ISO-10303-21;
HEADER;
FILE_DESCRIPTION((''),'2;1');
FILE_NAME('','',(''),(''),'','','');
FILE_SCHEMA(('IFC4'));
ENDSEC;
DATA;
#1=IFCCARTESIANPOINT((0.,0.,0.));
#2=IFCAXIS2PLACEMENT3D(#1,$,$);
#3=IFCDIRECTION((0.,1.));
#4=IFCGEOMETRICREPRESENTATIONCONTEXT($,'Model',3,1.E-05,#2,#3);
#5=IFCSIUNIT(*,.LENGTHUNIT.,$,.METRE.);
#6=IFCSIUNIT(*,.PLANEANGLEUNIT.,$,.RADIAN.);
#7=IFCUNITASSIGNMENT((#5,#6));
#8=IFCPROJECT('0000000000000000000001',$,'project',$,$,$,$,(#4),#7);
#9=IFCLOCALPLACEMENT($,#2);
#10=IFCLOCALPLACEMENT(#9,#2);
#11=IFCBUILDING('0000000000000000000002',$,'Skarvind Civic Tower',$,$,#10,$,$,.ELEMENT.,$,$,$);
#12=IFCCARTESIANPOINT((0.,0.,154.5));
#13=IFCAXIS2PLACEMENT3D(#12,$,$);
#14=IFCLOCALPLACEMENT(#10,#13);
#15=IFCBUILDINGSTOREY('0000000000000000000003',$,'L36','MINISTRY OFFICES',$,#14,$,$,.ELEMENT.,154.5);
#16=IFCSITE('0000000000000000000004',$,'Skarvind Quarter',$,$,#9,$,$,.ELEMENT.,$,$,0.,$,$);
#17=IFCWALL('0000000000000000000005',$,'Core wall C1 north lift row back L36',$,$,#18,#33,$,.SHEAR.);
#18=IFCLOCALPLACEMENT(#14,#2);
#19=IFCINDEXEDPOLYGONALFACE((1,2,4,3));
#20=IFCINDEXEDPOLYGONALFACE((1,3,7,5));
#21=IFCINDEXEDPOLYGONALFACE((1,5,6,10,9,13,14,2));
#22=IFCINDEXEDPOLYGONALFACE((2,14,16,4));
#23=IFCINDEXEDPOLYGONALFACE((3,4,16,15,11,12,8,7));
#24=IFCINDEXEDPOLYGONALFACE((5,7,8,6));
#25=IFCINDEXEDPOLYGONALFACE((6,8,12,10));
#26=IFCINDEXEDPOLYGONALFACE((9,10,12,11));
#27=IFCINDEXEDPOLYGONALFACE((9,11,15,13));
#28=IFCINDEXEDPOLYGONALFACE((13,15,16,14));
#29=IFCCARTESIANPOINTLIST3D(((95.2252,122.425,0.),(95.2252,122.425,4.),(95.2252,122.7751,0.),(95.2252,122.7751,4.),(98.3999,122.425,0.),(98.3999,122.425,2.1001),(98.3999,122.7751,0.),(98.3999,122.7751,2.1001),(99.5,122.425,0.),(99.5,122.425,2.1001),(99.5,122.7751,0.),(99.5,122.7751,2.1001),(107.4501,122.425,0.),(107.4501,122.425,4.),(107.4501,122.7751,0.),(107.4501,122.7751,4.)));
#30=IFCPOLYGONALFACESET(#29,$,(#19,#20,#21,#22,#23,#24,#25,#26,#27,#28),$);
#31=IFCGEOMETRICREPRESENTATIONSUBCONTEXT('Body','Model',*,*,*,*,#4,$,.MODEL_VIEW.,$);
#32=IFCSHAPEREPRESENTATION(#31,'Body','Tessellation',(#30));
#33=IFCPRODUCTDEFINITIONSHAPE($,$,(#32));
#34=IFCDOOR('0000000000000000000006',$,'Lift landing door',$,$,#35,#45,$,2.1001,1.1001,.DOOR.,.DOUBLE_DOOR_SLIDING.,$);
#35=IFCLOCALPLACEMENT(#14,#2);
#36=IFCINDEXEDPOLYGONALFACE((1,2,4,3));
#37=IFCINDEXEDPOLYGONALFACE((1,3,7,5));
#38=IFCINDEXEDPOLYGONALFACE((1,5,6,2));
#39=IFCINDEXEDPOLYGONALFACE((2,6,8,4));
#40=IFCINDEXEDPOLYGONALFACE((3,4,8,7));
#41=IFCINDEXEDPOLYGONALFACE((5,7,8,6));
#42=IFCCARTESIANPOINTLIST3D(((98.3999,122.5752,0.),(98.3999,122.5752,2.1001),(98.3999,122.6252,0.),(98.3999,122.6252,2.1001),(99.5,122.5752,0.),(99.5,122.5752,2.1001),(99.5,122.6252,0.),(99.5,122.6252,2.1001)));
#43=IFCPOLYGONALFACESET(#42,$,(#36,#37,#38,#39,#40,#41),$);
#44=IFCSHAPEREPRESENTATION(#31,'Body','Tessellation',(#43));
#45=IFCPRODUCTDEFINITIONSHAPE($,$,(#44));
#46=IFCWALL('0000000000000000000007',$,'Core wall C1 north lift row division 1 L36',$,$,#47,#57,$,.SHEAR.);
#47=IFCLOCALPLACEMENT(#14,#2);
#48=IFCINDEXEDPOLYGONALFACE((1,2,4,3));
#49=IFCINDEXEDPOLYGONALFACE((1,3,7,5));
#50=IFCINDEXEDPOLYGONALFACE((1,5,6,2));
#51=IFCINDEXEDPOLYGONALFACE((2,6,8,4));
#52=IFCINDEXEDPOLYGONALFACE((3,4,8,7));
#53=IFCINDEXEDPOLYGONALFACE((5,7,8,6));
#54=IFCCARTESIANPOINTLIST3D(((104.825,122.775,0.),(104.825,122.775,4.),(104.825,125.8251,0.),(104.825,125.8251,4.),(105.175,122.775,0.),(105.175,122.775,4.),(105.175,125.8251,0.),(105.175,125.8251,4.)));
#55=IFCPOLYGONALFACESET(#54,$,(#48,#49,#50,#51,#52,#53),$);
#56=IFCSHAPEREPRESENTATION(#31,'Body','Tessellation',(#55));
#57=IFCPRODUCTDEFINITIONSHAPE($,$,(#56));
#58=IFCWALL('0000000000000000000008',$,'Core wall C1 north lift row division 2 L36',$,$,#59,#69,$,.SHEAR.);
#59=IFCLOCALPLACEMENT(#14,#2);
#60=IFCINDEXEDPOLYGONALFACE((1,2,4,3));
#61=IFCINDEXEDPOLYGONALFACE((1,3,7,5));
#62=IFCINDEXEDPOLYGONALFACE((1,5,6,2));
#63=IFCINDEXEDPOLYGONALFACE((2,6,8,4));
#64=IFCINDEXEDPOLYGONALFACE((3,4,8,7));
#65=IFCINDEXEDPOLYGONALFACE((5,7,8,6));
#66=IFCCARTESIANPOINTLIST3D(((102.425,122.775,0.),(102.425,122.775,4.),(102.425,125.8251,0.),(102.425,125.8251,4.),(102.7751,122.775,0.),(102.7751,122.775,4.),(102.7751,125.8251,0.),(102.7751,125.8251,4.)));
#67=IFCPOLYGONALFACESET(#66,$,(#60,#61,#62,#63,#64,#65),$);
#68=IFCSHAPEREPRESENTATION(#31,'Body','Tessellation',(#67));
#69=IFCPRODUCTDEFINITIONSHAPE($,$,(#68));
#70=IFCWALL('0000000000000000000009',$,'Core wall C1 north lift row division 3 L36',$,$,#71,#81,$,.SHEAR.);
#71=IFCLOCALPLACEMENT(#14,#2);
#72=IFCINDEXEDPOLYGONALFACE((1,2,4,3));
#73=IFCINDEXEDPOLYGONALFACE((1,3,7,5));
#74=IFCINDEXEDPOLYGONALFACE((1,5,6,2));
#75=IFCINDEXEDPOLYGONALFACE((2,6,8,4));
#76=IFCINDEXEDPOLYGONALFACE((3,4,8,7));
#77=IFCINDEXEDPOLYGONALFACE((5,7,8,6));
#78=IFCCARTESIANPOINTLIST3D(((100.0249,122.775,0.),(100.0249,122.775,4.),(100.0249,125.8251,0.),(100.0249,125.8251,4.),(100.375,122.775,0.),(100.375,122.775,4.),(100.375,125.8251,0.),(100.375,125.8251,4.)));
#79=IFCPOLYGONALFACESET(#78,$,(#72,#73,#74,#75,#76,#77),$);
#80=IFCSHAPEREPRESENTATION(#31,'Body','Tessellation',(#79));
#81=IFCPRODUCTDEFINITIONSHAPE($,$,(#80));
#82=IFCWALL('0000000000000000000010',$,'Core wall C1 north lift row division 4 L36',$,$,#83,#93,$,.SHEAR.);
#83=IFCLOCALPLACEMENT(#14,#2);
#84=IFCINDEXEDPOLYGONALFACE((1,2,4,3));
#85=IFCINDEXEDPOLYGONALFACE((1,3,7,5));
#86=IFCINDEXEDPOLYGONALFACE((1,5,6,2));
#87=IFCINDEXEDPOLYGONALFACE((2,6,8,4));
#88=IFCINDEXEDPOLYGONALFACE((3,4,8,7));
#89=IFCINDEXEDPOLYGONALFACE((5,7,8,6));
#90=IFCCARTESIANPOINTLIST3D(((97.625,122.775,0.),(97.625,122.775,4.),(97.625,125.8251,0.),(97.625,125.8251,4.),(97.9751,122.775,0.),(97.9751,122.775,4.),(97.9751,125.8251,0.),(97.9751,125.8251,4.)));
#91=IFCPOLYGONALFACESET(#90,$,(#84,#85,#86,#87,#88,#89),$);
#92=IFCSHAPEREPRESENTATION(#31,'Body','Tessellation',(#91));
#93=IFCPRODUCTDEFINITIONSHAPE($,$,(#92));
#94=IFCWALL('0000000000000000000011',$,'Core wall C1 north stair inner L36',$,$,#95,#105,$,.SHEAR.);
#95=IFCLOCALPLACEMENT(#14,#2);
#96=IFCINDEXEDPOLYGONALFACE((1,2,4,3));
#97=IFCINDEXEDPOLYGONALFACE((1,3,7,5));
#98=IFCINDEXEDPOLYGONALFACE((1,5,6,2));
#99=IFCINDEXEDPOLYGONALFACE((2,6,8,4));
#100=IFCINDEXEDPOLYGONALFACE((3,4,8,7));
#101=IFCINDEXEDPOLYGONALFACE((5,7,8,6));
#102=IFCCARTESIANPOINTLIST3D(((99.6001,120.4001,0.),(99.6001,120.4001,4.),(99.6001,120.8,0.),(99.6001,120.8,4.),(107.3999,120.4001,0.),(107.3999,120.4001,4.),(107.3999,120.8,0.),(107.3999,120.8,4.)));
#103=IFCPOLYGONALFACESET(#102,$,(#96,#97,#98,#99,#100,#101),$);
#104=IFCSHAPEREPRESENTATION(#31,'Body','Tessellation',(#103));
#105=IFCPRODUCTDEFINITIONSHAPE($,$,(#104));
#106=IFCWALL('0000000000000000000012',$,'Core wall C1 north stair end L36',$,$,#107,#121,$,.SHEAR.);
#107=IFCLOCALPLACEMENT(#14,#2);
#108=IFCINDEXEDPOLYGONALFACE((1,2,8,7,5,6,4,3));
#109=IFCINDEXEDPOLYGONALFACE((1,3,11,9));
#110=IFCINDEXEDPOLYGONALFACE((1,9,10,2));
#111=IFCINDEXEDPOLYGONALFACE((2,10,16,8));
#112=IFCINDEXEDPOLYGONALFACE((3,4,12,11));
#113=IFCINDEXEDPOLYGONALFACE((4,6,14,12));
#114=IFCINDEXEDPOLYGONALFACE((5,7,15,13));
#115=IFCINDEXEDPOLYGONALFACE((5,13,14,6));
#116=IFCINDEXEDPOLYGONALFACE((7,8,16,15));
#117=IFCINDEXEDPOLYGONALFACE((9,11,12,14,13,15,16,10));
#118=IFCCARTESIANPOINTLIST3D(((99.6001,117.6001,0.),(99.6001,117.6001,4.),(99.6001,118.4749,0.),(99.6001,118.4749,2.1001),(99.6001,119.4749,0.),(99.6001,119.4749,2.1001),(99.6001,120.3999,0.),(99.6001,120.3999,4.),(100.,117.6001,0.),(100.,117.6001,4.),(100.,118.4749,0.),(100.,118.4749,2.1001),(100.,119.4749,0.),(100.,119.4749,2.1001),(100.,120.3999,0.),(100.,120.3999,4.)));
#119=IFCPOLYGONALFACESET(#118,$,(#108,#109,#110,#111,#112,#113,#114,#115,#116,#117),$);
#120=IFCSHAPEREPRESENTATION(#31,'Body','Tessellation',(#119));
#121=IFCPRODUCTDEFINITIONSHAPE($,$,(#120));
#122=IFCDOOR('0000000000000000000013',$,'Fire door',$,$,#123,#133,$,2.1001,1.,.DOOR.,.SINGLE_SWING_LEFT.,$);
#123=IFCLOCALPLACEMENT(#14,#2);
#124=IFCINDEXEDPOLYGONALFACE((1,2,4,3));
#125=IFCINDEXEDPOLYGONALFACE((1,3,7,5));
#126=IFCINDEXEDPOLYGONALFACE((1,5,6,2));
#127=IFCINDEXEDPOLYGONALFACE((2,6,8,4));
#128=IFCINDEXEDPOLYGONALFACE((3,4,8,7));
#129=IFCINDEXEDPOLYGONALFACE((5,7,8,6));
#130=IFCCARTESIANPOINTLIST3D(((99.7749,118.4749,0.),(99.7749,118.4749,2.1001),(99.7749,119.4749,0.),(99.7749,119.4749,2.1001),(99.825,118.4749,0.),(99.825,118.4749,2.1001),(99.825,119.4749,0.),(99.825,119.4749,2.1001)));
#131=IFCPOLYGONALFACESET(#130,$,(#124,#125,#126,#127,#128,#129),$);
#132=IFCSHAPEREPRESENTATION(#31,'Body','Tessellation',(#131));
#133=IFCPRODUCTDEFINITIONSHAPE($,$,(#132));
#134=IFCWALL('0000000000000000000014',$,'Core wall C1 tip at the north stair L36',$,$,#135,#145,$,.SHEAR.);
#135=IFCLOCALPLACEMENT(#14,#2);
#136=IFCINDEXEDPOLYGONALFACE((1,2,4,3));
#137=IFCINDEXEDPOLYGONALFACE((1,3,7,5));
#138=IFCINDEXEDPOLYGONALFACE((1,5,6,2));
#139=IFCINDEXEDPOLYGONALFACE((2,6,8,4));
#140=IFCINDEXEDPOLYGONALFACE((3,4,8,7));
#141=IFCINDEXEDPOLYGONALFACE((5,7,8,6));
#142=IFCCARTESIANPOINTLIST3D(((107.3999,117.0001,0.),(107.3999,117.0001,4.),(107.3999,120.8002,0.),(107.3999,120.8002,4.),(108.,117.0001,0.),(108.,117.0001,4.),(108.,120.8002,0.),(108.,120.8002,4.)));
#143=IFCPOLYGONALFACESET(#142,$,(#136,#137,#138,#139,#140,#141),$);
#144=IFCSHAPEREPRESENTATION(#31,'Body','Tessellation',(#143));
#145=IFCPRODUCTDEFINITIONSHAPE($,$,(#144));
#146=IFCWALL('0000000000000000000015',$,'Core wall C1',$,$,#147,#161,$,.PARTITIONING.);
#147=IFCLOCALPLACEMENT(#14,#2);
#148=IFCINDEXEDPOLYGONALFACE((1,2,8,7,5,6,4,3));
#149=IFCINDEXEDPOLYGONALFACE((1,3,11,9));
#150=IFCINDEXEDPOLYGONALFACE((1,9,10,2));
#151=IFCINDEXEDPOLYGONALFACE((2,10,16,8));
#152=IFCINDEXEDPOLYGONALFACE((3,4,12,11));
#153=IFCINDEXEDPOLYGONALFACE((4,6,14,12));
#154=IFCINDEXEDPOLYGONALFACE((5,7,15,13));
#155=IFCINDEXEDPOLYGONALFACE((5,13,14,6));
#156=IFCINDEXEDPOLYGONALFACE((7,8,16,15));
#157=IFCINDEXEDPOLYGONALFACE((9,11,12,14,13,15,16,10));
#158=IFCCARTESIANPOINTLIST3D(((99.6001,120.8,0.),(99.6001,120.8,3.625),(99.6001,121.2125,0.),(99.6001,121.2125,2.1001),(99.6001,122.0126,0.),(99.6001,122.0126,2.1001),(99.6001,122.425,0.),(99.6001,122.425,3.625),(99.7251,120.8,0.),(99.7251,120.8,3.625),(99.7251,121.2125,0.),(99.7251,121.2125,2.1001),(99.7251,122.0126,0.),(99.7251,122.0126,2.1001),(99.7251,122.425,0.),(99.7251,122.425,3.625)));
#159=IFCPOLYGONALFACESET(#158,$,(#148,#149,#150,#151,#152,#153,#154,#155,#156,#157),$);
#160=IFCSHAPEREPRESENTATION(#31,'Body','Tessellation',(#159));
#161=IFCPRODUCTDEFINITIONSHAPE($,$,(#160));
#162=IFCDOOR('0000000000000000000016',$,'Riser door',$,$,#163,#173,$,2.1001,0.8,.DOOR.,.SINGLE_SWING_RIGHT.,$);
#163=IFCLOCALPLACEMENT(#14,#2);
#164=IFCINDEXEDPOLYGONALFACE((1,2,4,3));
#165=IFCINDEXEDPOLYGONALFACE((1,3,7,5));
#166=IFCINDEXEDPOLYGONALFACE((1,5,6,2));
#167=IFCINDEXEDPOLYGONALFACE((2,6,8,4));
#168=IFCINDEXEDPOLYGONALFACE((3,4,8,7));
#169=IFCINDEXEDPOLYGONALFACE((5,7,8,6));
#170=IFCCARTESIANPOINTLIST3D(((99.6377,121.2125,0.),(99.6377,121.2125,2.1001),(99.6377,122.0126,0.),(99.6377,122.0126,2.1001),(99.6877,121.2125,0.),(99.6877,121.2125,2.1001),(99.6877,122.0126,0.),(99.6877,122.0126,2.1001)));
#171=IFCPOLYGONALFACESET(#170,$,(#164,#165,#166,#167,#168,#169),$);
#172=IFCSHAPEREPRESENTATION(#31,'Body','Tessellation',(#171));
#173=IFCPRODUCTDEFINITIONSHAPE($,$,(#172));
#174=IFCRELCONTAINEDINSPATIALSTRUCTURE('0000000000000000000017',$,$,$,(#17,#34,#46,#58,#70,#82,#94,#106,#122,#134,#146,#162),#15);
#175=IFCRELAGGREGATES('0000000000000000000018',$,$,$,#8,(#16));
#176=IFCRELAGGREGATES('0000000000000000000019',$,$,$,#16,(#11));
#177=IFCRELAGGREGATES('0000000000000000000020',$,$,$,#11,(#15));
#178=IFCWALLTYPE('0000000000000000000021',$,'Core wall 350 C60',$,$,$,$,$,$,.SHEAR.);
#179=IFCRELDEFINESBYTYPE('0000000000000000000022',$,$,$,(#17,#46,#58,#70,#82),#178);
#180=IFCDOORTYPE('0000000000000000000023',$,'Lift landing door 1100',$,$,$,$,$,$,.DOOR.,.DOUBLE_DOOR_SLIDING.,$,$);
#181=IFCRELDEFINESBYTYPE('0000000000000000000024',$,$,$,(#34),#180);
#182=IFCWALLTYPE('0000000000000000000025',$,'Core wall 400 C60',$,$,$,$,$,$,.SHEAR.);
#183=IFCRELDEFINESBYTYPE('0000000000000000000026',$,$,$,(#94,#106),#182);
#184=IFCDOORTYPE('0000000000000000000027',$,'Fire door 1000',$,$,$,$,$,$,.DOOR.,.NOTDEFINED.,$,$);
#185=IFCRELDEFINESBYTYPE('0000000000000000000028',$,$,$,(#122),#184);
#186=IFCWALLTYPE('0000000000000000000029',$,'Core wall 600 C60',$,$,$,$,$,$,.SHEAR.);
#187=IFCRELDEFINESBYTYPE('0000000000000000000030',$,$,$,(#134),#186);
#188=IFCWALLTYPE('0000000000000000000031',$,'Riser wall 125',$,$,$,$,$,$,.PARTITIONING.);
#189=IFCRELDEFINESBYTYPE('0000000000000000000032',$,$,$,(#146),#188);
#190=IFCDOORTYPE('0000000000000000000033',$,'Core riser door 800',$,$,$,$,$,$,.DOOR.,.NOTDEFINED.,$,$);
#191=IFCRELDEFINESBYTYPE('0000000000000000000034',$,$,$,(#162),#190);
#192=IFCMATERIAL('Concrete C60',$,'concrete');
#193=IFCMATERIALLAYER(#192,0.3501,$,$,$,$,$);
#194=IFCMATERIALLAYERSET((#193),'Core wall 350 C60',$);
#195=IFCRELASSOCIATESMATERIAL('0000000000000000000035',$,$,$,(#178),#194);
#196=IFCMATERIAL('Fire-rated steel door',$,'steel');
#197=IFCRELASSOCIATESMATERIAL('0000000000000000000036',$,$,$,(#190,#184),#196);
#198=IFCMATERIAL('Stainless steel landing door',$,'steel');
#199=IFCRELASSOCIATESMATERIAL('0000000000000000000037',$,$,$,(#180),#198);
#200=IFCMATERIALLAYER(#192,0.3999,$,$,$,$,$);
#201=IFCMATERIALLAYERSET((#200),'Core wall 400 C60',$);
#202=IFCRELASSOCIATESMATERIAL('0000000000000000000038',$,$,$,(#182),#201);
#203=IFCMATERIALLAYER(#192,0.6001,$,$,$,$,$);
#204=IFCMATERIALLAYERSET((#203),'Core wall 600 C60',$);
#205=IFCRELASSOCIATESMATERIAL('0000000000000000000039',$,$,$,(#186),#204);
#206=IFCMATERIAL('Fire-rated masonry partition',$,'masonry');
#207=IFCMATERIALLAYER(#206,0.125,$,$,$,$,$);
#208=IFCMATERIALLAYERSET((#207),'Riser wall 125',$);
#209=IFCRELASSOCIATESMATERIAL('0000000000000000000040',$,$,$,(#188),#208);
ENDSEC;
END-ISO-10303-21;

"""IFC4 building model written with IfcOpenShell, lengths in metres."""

from ifc_helpers import new_model, si_unit, direction, frame, frame_2d, origin, place, context, subcontext, project, spatial, rectangle, extrude, material, layer, layer_set, type_object, element, fill, save


model = new_model("IFC4")

# Units and contexts
model_context = context("Model", 3, precision=1e-05, world=origin(), true_north=direction((0.0, 1.0)))
body_context = subcontext(model_context, "Body", "Model", "MODEL_VIEW")
ifc_project = project(units=[si_unit("LENGTHUNIT", "METRE"), si_unit("PLANEANGLEUNIT", "RADIAN")], contexts=[model_context])

# Site, building, storey
site_placement = place(None, origin())
site = spatial("IfcSite", under=ifc_project, at=site_placement, Name="Skarvind Quarter", CompositionType="ELEMENT", RefElevation=0.0)
building_placement = place(site_placement, origin())
building = spatial("IfcBuilding", under=site, at=building_placement, Name="Skarvind Civic Tower", CompositionType="ELEMENT")
storey_placement = place(building_placement, frame((0.0, 0.0, 154.5)))
storey = spatial("IfcBuildingStorey", under=building, at=storey_placement, Name="L36", Description="MINISTRY OFFICES", CompositionType="ELEMENT", Elevation=154.5)

# Shared definitions
ifc_material_1 = material(Name="Concrete C60", Category="concrete")
ifc_layer_1 = layer(ifc_material_1, 0.3501)
ifc_layer_set_1 = layer_set([ifc_layer_1], Name="Core wall 350 C60")
wall_type_1 = type_object("IfcWallType", Name="Core wall 350 C60", PredefinedType="SHEAR", material=ifc_layer_set_1)
ifc_material_2 = material(Name="Fire-rated steel door", Category="steel")
door_type_1 = type_object("IfcDoorType", Name="Core riser door 800", OperationType="NOTDEFINED", PredefinedType="DOOR", material=ifc_material_2)

# Shared definitions
ifc_material_3 = material(Name="Stainless steel landing door", Category="steel")
door_type_2 = type_object("IfcDoorType", Name="Lift landing door 1100", OperationType="DOUBLE_DOOR_SLIDING", PredefinedType="DOOR", material=ifc_material_3)

# Wall, opening, door
wall_1_placement = place(storey_placement, frame((107.45, 122.6001, 0.0), z_axis=(0.0, 0.0, 1.0), x_axis=(-1.0, 0.0, 0.0)))
wall_1 = element("IfcWall", 1, at=wall_1_placement, inside=storey, type_object=wall_type_1, Name="Core wall C1 north lift row back L36", PredefinedType="SHEAR", context=body_context, shape_type="SweptSolid", body=[
    extrude(rectangle(XDim=12.2249, YDim=0.3501, at=frame_2d((6.1123, 0.0))), origin(), (0.0, 0.0, 1.0), 4.0),
])
opening_1_placement = place(wall_1_placement, frame((7.95, 0.0, 0.0)))
opening_1 = element("IfcOpeningElement", 2, at=opening_1_placement, cuts=wall_1, PredefinedType="OPENING", context=body_context, shape_type="SweptSolid", body=[
    extrude(rectangle(XDim=1.1001, YDim=2.1001, at=frame_2d((0.55, 1.05))), frame((0.0, 0.1851, 0.0), z_axis=(0.0, -1.0, 0.0), x_axis=(1.0, 0.0, 0.0)), (0.0, 0.0, 1.0), 0.3701),
])
door_1_placement = place(opening_1_placement, origin())
door_1 = element("IfcDoor", 3, at=door_1_placement, inside=storey, type_object=door_type_2, Name="Lift landing door", OperationType="DOUBLE_DOOR_SLIDING", OverallHeight=2.1001, OverallWidth=1.1001, PredefinedType="DOOR", context=body_context, shape_type="SweptSolid", body=[
    extrude(rectangle(XDim=1.1001, YDim=2.1001, at=frame_2d((0.55, 1.05))), frame((0.0, 0.0249, 0.0), z_axis=(0.0, -1.0, 0.0), x_axis=(1.0, 0.0, 0.0)), (0.0, 0.0, 1.0), 0.05),
])
fill(opening_1, door_1)

# Walls
for number, where, z_axis, x_axis, name in (
    (4, (105.0, 125.825, 0.0), (0.0, 0.0, 1.0), (0.0, -1.0, 0.0), "Core wall C1 north lift row division 1 L36"),
    (5, (102.6001, 125.825, 0.0), (0.0, 0.0, 1.0), (0.0, -1.0, 0.0), "Core wall C1 north lift row division 2 L36"),
    (6, (100.2, 125.825, 0.0), (0.0, 0.0, 1.0), (0.0, -1.0, 0.0), "Core wall C1 north lift row division 3 L36"),
    (7, (97.8, 125.825, 0.0), (0.0, 0.0, 1.0), (0.0, -1.0, 0.0), "Core wall C1 north lift row division 4 L36"),
):
    element("IfcWall", number, at=place(storey_placement, frame(where, z_axis=z_axis, x_axis=x_axis)), inside=storey, type_object=wall_type_1, Name=name, PredefinedType="SHEAR", context=body_context, shape_type="SweptSolid", body=[
        extrude(rectangle(XDim=3.05, YDim=0.3501, at=frame_2d((1.5249, 0.0))), origin(), (0.0, 0.0, 1.0), 4.0),
    ])
ifc_layer_2 = layer(ifc_material_1, 0.3999)
ifc_layer_set_2 = layer_set([ifc_layer_2], Name="Core wall 400 C60")
wall_type_2 = type_object("IfcWallType", Name="Core wall 400 C60", PredefinedType="SHEAR", material=ifc_layer_set_2)
wall_2_placement = place(storey_placement, frame((107.3999, 120.6001, 0.0), z_axis=(0.0, 0.0, 1.0), x_axis=(-1.0, 0.0, 0.0)))
element("IfcWall", 8, at=wall_2_placement, inside=storey, type_object=wall_type_2, Name="Core wall C1 north stair inner L36", PredefinedType="SHEAR", context=body_context, shape_type="SweptSolid", body=[
    extrude(rectangle(XDim=7.7998, YDim=0.3999, at=frame_2d((3.8999, 0.0))), origin(), (0.0, 0.0, 1.0), 4.0),
])

# Wall, opening, door
wall_3_placement = place(storey_placement, frame((99.8, 120.3999, 0.0), z_axis=(0.0, 0.0, 1.0), x_axis=(0.0, -1.0, 0.0)))
wall_3 = element("IfcWall", 9, at=wall_3_placement, inside=storey, type_object=wall_type_2, Name="Core wall C1 north stair end L36", PredefinedType="SHEAR", context=body_context, shape_type="SweptSolid", body=[
    extrude(rectangle(XDim=2.7998, YDim=0.3999, at=frame_2d((1.3999, 0.0))), origin(), (0.0, 0.0, 1.0), 4.0),
])
opening_2_placement = place(wall_3_placement, frame((0.925, 0.0, 0.0)))
opening_2 = element("IfcOpeningElement", 10, at=opening_2_placement, cuts=wall_3, PredefinedType="OPENING", context=body_context, shape_type="SweptSolid", body=[
    extrude(rectangle(XDim=1.0, YDim=2.1001, at=frame_2d((0.5, 1.05))), frame((0.0, 0.21, 0.0), z_axis=(0.0, -1.0, 0.0), x_axis=(1.0, 0.0, 0.0)), (0.0, 0.0, 1.0), 0.4199),
])
door_type_3 = type_object("IfcDoorType", Name="Fire door 1000", OperationType="NOTDEFINED", PredefinedType="DOOR", material=ifc_material_2)
door_2_placement = place(opening_2_placement, origin())
door_2 = element("IfcDoor", 11, at=door_2_placement, inside=storey, type_object=door_type_3, Name="Fire door", OperationType="SINGLE_SWING_LEFT", OverallHeight=2.1001, OverallWidth=1.0, PredefinedType="DOOR", context=body_context, shape_type="SweptSolid", body=[
    extrude(rectangle(XDim=1.0, YDim=2.1001, at=frame_2d((0.5, 1.05))), frame((0.0, 0.0249, 0.0), z_axis=(0.0, -1.0, 0.0), x_axis=(1.0, 0.0, 0.0)), (0.0, 0.0, 1.0), 0.05),
])
fill(opening_2, door_2)

# Wall
ifc_layer_3 = layer(ifc_material_1, 0.6001)
ifc_layer_set_3 = layer_set([ifc_layer_3], Name="Core wall 600 C60")
wall_type_3 = type_object("IfcWallType", Name="Core wall 600 C60", PredefinedType="SHEAR", material=ifc_layer_set_3)
wall_4_placement = place(storey_placement, frame((107.7, 120.8, 0.0), z_axis=(0.0, 0.0, 1.0), x_axis=(0.0, -1.0, 0.0)))
element("IfcWall", 12, at=wall_4_placement, inside=storey, type_object=wall_type_3, Name="Core wall C1 tip at the north stair L36", PredefinedType="SHEAR", context=body_context, shape_type="SweptSolid", body=[
    extrude(rectangle(XDim=3.8, YDim=0.6001, at=frame_2d((1.8999, 0.0))), origin(), (0.0, 0.0, 1.0), 4.0),
])

# Wall, opening, door
ifc_material_4 = material(Name="Fire-rated masonry partition", Category="masonry")
ifc_layer_4 = layer(ifc_material_4, 0.125)
ifc_layer_set_4 = layer_set([ifc_layer_4], Name="Riser wall 125")
wall_type_4 = type_object("IfcWallType", Name="Riser wall 125", PredefinedType="PARTITIONING", material=ifc_layer_set_4)
wall_5_placement = place(storey_placement, frame((99.6626, 120.8, 0.0), z_axis=(0.0, 0.0, 1.0), x_axis=(0.0, 1.0, 0.0)))
wall_5 = element("IfcWall", 13, at=wall_5_placement, inside=storey, type_object=wall_type_4, Name="Core wall C1", PredefinedType="PARTITIONING", context=body_context, shape_type="SweptSolid", body=[
    extrude(rectangle(XDim=1.625, YDim=0.125, at=frame_2d((0.8125, 0.0))), origin(), (0.0, 0.0, 1.0), 3.625),
])
opening_3_placement = place(wall_5_placement, frame((0.4126, 0.0, 0.0)))
opening_3 = element("IfcOpeningElement", 14, at=opening_3_placement, cuts=wall_5, PredefinedType="OPENING", context=body_context, shape_type="SweptSolid", body=[
    extrude(rectangle(XDim=0.8, YDim=2.1001, at=frame_2d((0.3999, 1.05))), frame((0.0, 0.0725, 0.0), z_axis=(0.0, -1.0, 0.0), x_axis=(1.0, 0.0, 0.0)), (0.0, 0.0, 1.0), 0.145),
])
door_3_placement = place(opening_3_placement, origin())
door_3 = element("IfcDoor", 15, at=door_3_placement, inside=storey, type_object=door_type_1, Name="Riser door", OperationType="SINGLE_SWING_RIGHT", OverallHeight=2.1001, OverallWidth=0.8, PredefinedType="DOOR", context=body_context, shape_type="SweptSolid", body=[
    extrude(rectangle(XDim=0.8, YDim=2.1001, at=frame_2d((0.3999, 1.05))), frame((0.0, 0.0249, 0.0), z_axis=(0.0, -1.0, 0.0), x_axis=(1.0, 0.0, 0.0)), (0.0, 0.0, 1.0), 0.05),
])
fill(opening_3, door_3)

save(model, "model.ifc")
